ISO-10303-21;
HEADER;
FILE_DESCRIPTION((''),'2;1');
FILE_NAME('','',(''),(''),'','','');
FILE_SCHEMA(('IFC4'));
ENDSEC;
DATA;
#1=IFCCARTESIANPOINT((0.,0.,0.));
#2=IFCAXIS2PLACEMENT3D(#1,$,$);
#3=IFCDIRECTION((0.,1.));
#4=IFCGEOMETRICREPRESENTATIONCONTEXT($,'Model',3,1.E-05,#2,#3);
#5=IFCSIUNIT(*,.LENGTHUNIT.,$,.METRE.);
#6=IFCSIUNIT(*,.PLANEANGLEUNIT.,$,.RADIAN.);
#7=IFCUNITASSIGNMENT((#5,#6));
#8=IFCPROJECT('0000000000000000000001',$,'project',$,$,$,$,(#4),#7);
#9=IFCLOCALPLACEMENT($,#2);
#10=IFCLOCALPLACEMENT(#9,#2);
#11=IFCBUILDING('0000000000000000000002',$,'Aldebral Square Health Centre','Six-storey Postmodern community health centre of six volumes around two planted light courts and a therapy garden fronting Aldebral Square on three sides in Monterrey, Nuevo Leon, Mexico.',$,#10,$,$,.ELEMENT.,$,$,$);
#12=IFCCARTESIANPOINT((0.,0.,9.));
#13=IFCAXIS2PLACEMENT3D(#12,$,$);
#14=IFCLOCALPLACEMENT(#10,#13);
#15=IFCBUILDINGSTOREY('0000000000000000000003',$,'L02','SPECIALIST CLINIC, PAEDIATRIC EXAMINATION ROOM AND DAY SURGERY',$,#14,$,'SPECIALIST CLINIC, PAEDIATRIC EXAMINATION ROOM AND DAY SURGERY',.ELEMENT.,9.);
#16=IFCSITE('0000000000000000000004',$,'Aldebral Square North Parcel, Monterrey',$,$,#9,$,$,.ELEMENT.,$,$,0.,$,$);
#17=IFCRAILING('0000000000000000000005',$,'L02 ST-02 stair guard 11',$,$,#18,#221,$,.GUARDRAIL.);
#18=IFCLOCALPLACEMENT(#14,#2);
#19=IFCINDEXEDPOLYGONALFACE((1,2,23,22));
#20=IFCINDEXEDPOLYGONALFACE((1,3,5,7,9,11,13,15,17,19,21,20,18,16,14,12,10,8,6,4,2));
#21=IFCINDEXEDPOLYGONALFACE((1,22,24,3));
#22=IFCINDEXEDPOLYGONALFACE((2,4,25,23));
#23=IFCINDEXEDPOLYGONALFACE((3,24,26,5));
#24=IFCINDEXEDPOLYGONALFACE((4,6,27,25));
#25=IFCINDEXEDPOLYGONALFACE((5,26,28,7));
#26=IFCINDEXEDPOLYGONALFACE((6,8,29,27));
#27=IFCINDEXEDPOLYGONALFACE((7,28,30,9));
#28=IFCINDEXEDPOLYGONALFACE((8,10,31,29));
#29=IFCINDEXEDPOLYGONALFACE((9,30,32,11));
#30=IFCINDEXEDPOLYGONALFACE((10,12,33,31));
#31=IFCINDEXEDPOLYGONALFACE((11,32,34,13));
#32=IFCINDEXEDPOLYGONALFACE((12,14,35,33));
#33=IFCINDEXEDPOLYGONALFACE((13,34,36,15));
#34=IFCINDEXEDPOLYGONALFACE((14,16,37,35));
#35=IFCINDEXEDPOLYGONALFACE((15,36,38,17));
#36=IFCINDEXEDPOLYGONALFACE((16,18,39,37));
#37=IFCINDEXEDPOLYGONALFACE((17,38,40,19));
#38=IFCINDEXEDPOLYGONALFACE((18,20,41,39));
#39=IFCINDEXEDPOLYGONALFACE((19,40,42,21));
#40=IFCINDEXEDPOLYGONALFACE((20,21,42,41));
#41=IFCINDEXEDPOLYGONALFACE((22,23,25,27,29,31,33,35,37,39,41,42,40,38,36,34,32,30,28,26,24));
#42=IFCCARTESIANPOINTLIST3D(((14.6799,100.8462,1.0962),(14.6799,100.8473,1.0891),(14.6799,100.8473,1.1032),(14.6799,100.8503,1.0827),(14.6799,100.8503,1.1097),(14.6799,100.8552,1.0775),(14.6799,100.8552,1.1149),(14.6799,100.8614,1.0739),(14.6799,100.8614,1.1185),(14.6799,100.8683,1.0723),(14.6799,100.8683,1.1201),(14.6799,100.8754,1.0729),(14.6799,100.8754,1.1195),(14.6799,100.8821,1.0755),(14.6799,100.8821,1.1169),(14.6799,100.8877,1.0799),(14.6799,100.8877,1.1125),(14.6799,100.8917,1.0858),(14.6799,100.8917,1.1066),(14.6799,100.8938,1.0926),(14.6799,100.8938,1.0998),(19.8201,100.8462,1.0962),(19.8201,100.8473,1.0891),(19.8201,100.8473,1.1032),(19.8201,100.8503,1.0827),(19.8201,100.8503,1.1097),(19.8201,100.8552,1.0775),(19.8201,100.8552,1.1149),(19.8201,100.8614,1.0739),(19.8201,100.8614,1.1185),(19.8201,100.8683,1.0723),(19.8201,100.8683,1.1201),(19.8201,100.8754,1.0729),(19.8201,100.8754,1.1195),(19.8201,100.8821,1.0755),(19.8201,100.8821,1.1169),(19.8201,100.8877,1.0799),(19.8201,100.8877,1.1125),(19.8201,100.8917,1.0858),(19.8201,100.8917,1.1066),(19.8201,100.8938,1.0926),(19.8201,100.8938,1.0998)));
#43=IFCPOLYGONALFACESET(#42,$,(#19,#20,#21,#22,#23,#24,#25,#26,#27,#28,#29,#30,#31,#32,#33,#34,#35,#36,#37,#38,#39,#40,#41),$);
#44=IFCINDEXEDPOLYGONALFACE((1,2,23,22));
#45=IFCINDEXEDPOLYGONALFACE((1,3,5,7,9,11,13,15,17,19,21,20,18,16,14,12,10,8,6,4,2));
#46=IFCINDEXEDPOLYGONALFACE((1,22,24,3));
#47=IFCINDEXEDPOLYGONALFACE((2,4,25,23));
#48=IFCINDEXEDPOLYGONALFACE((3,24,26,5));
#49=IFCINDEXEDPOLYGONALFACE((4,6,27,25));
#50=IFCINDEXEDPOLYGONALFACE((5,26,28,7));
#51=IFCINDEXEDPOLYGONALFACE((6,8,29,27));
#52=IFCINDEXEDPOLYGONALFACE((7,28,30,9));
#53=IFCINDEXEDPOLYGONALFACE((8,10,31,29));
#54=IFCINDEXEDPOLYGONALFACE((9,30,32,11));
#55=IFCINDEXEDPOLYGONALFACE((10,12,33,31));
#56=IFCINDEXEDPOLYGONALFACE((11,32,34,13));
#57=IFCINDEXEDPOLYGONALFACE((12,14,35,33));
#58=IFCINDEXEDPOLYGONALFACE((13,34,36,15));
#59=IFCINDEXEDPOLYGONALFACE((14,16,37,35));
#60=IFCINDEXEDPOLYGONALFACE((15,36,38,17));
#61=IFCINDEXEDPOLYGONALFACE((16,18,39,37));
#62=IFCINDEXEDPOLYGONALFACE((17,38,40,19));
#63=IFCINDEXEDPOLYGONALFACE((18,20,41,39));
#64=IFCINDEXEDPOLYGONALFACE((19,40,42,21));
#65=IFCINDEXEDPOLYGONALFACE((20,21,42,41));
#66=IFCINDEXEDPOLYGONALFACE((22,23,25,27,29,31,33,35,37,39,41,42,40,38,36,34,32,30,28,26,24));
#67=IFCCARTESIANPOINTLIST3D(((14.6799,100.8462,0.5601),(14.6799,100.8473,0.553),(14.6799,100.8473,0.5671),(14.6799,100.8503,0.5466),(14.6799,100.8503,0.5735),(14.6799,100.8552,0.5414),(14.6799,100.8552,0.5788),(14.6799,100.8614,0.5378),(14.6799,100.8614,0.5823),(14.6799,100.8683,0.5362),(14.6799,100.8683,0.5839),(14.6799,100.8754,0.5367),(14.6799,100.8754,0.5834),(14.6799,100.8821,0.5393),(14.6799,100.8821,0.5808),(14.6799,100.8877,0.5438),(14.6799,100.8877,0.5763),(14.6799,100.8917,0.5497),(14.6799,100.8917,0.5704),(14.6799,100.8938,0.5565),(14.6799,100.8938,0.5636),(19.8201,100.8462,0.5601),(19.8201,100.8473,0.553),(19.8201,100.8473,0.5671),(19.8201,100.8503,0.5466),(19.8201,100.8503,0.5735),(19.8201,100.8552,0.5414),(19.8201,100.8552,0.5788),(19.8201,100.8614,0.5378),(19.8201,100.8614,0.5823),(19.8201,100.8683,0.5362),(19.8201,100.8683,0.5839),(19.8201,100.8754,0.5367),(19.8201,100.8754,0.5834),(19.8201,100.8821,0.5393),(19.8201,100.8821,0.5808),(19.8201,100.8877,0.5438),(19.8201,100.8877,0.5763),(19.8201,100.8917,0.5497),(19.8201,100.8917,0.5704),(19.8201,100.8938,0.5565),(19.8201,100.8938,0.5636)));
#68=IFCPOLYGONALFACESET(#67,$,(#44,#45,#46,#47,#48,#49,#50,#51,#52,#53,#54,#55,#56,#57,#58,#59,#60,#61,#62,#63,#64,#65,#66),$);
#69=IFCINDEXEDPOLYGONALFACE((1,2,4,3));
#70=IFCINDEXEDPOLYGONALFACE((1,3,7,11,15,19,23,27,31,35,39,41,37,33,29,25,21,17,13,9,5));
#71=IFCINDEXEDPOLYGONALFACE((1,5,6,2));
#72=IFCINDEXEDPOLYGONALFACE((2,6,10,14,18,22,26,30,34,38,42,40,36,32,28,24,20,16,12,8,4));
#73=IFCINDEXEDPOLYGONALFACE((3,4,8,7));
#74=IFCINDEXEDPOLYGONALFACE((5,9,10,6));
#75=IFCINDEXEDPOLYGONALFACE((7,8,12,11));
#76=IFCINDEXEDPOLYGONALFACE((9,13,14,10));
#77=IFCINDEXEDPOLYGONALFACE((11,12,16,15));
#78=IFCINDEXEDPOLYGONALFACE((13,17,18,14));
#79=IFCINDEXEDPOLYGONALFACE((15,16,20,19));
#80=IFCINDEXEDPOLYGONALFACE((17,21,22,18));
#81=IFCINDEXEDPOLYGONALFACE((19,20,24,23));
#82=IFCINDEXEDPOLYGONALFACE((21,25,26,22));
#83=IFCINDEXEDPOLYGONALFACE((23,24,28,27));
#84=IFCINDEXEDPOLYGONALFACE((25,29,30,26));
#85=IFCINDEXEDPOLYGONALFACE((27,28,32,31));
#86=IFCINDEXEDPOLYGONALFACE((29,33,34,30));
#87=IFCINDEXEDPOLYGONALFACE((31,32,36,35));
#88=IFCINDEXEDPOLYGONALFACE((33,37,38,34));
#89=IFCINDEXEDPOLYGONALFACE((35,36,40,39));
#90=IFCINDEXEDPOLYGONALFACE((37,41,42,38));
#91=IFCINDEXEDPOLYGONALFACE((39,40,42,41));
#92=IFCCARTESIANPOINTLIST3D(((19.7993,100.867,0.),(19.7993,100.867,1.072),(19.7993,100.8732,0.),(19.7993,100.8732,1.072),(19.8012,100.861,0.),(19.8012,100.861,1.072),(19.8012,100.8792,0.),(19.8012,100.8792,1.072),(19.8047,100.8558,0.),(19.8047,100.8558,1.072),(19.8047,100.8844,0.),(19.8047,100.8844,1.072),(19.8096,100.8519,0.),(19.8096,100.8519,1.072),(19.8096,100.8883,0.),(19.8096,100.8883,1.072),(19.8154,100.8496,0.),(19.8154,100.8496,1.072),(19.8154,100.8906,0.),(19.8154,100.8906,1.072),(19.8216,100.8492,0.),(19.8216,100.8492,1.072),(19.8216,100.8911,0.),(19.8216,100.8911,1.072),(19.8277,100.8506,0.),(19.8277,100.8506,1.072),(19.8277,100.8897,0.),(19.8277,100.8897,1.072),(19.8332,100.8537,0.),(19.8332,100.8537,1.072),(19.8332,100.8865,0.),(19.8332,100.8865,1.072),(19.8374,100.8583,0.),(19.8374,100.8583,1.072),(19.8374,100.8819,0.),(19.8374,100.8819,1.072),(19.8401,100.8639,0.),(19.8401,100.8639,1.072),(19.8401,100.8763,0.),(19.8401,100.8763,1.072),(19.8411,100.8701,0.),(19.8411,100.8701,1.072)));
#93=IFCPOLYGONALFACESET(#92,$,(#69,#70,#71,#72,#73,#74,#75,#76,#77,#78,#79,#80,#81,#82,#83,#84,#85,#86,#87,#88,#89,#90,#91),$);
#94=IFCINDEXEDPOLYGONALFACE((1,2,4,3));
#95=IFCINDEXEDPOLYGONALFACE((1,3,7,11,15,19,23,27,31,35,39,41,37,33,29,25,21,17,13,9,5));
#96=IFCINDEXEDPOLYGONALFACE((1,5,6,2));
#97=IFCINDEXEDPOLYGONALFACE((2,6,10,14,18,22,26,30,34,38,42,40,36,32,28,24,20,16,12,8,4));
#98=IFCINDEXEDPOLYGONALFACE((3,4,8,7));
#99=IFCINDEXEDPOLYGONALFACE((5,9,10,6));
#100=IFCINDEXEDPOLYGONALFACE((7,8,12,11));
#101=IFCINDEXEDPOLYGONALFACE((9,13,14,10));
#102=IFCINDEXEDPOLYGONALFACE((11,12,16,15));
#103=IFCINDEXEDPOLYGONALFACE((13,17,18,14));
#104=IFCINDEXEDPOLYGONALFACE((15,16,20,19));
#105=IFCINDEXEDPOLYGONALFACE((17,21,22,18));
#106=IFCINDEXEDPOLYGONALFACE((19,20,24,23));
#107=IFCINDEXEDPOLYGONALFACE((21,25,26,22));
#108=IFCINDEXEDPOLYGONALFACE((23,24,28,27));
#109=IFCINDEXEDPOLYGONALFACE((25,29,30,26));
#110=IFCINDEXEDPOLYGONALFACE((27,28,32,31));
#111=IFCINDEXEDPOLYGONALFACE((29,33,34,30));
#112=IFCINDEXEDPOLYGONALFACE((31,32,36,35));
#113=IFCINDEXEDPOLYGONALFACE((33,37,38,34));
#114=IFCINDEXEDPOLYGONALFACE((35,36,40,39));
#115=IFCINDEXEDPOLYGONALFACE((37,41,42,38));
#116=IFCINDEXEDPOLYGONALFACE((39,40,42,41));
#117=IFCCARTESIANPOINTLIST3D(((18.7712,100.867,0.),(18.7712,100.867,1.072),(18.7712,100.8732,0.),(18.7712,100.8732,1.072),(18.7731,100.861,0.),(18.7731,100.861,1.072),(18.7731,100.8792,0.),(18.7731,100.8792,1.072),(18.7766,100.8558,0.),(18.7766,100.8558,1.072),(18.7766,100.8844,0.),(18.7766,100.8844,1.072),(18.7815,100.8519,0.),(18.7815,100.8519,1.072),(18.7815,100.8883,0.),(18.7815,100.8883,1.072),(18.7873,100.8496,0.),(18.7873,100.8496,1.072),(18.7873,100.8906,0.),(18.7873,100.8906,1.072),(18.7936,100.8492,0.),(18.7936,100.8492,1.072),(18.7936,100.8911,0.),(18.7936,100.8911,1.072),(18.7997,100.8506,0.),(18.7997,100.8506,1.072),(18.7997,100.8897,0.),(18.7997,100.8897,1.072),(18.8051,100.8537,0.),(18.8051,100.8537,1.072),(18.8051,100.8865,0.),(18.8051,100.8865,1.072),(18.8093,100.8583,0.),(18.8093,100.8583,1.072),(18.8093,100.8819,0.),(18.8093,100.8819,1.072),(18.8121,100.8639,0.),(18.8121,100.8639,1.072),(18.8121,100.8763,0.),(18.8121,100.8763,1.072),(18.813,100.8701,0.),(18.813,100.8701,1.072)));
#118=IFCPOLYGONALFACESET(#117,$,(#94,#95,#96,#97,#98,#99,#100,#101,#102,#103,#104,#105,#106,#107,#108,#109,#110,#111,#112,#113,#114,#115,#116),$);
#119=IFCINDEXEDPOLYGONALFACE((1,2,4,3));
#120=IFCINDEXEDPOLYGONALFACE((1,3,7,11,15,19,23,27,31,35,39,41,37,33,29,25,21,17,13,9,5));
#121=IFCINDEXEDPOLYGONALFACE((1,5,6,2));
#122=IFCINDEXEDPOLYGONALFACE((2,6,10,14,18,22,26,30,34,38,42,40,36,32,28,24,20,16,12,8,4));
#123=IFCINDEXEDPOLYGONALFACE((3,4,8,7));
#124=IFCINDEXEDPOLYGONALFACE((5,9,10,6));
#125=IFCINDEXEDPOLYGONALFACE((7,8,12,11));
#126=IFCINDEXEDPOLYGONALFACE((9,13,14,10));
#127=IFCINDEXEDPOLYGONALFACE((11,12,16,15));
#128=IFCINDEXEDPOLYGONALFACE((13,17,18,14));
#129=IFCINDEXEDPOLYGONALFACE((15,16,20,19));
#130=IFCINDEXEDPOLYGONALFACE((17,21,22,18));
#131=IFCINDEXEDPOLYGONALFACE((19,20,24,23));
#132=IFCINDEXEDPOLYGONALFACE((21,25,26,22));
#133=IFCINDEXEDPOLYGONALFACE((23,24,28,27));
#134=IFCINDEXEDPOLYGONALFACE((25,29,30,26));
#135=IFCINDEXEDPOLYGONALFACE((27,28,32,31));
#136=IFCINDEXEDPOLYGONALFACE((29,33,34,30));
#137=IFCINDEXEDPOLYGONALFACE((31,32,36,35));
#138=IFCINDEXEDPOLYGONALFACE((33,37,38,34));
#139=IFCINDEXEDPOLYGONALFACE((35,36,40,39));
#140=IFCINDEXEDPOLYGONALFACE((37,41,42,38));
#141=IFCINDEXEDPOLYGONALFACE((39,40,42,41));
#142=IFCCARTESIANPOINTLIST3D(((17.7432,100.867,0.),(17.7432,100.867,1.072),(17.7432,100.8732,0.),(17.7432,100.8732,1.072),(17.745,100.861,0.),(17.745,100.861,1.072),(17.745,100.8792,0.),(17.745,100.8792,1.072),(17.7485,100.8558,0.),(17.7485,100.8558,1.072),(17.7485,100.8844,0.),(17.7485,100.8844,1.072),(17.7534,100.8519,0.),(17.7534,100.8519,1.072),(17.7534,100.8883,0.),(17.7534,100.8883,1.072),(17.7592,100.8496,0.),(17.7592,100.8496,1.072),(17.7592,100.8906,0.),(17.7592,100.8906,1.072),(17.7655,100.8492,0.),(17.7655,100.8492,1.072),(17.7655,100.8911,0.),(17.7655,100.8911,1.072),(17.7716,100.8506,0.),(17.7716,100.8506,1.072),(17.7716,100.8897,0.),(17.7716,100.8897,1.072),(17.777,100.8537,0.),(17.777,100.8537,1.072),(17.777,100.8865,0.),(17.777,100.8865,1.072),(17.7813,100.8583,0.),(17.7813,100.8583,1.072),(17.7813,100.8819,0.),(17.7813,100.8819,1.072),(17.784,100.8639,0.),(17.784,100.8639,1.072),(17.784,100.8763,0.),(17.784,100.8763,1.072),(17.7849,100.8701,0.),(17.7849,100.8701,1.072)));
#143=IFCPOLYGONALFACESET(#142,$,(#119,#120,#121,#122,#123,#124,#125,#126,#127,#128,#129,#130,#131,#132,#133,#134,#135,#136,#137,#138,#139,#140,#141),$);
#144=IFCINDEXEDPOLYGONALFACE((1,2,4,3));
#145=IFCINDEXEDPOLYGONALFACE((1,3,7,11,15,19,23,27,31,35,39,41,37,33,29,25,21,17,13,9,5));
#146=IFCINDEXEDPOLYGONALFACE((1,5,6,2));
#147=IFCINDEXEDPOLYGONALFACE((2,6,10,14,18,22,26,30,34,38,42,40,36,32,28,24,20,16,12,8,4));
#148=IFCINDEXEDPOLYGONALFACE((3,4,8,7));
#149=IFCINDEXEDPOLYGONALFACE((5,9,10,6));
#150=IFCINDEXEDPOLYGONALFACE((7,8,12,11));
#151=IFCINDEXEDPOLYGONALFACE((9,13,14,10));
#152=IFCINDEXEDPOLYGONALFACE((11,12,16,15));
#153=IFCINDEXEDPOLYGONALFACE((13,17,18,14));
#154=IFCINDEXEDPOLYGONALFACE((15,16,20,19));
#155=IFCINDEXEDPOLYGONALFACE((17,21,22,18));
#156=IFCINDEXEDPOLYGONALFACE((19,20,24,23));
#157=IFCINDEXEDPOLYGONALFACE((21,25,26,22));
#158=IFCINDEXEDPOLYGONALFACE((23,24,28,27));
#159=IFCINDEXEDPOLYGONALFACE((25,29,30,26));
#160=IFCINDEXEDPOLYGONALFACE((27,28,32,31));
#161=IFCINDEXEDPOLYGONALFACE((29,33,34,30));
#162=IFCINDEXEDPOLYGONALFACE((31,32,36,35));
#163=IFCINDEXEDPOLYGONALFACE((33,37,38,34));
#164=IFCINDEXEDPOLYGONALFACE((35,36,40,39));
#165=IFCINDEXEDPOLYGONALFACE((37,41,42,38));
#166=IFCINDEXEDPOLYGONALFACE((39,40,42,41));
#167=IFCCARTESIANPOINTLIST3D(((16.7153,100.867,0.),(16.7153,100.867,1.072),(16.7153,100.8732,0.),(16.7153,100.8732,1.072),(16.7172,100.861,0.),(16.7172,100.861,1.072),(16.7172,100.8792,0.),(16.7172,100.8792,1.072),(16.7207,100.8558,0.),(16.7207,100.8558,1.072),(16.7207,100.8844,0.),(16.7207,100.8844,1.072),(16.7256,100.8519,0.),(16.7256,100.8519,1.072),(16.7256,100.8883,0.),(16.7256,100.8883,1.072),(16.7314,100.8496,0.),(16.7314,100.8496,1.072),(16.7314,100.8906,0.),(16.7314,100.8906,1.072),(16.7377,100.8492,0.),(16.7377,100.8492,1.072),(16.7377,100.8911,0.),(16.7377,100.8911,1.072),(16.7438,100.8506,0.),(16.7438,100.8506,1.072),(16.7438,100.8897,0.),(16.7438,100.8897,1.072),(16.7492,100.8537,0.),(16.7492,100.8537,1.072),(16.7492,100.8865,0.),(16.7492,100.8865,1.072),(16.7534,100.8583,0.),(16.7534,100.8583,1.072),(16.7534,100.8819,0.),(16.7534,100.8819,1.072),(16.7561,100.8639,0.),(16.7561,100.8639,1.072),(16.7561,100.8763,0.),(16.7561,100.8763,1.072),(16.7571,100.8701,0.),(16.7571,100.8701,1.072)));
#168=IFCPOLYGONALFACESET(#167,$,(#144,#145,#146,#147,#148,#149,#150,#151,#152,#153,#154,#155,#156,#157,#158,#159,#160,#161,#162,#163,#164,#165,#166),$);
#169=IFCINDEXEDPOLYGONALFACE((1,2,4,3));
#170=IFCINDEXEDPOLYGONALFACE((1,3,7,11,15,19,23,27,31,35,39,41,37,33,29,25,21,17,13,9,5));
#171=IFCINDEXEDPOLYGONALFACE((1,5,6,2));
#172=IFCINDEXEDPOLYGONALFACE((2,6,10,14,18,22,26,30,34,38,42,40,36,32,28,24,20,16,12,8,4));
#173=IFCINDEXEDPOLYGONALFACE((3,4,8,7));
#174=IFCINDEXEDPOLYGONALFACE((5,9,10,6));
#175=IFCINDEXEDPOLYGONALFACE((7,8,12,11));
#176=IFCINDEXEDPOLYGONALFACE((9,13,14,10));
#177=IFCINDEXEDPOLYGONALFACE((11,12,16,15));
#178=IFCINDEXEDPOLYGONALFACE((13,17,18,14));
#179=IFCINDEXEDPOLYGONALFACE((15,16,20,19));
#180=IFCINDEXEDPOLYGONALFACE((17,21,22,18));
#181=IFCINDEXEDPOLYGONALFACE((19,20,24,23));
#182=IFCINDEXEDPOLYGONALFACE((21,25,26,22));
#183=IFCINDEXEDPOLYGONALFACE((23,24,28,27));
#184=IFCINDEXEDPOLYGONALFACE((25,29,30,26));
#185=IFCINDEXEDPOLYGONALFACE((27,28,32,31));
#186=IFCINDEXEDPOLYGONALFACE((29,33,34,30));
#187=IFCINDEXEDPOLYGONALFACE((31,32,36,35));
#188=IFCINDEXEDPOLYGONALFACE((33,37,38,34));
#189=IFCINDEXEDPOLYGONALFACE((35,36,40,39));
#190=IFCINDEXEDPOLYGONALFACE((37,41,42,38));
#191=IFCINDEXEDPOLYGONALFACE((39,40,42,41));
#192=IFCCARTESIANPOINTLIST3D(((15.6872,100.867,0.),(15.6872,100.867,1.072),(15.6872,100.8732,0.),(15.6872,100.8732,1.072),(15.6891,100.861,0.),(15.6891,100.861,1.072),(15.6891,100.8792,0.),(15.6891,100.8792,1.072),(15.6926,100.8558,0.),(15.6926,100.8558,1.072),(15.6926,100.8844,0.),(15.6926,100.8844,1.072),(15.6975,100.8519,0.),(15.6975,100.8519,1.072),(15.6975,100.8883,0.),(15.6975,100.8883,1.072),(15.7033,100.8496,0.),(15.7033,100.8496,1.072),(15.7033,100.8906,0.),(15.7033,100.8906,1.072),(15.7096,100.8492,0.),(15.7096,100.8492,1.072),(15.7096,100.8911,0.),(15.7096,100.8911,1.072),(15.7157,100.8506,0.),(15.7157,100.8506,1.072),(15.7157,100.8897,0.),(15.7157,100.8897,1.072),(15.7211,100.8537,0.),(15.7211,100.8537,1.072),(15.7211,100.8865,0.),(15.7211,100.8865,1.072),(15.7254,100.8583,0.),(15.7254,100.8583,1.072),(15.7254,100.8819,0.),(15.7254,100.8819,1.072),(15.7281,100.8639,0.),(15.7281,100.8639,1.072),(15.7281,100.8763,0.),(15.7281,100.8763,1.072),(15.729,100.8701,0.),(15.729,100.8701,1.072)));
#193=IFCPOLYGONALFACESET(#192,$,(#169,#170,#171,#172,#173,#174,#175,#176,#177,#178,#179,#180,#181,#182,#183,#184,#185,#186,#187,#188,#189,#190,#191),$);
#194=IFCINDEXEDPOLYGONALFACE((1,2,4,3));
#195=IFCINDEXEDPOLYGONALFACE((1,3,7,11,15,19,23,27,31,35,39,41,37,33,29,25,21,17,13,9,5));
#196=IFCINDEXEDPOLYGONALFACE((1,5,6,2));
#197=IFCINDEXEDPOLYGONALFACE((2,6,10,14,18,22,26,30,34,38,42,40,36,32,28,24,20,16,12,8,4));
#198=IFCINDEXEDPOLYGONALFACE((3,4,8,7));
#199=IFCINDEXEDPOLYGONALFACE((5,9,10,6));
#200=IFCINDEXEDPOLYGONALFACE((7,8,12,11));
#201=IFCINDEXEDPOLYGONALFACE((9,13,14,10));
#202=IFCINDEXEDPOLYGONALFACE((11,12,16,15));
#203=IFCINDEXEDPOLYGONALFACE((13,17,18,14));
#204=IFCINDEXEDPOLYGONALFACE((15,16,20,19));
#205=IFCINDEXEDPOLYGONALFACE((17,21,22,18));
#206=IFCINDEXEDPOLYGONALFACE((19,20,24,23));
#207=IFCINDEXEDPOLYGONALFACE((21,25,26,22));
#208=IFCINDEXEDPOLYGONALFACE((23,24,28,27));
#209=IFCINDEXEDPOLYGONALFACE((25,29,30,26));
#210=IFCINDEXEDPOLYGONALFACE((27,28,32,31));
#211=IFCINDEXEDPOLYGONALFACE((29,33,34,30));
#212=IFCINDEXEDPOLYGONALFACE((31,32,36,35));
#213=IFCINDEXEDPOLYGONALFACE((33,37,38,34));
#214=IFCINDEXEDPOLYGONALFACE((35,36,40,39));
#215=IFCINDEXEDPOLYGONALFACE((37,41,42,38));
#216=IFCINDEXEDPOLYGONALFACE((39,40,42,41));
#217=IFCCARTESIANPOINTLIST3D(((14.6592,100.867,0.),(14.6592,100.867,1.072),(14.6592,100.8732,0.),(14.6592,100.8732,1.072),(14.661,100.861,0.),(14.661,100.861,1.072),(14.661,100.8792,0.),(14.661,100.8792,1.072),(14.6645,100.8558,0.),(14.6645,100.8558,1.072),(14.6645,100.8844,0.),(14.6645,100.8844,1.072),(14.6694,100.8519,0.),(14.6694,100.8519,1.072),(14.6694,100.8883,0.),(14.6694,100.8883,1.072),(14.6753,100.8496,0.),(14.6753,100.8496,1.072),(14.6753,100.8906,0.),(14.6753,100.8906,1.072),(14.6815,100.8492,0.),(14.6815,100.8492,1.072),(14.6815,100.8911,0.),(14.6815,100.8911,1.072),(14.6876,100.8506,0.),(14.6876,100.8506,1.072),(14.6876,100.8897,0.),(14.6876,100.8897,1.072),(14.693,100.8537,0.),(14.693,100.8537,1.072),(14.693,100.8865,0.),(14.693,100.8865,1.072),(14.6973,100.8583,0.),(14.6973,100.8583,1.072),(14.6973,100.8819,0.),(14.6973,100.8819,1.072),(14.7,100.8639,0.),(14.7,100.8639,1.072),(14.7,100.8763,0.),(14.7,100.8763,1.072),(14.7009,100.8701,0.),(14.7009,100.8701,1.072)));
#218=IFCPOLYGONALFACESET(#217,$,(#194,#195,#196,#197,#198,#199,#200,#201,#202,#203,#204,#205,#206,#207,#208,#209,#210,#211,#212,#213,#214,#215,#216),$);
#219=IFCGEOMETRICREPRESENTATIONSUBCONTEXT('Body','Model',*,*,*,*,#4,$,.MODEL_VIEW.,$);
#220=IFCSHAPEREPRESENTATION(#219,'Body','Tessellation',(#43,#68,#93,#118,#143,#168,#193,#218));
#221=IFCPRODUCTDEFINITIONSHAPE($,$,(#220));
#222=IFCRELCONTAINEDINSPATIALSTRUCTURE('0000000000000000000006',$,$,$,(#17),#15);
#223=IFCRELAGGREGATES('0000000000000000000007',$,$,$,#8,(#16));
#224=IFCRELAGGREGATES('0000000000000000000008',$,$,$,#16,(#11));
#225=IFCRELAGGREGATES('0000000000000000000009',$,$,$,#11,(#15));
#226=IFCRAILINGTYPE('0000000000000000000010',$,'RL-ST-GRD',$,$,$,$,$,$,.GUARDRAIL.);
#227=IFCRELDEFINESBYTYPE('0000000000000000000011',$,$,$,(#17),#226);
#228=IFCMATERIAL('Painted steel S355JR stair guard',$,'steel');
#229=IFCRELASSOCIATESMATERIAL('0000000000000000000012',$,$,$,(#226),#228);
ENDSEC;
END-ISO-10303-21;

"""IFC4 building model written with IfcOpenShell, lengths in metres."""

from ifc_helpers import new_model, si_unit, direction, frame, origin, origin_2d, place, context, subcontext, project, spatial, circle, extrude, material, type_object, element, save


model = new_model("IFC4")

# Units and contexts
model_context = context("Model", 3, precision=1e-05, world=origin(), true_north=direction((0.0, 1.0)))
body_context = subcontext(model_context, "Body", "Model", "MODEL_VIEW")
ifc_project = project(units=[si_unit("LENGTHUNIT", "METRE"), si_unit("PLANEANGLEUNIT", "RADIAN")], contexts=[model_context])

# Site, building, storey
site_placement = place(None, origin())
site = spatial("IfcSite", under=ifc_project, at=site_placement, Name="Aldebral Square North Parcel, Monterrey", CompositionType="ELEMENT", RefElevation=0.0)
building_placement = place(site_placement, origin())
building = spatial("IfcBuilding", under=site, at=building_placement, Name="Aldebral Square Health Centre", Description="Six-storey Postmodern community health centre of six volumes around two planted light courts and a therapy garden fronting Aldebral Square on three sides in Monterrey, Nuevo Leon, Mexico.", CompositionType="ELEMENT")
storey_placement = place(building_placement, frame((0.0, 0.0, 9.0)))
storey = spatial("IfcBuildingStorey", under=building, at=storey_placement, Name="L02", Description="SPECIALIST CLINIC, PAEDIATRIC EXAMINATION ROOM AND DAY SURGERY", LongName="SPECIALIST CLINIC, PAEDIATRIC EXAMINATION ROOM AND DAY SURGERY", CompositionType="ELEMENT", Elevation=9.0)

# Railing
ifc_material_1 = material(Name="Painted steel S355JR stair guard", Category="steel")
railing_type_1 = type_object("IfcRailingType", Name="RL-ST-GRD", PredefinedType="GUARDRAIL", material=ifc_material_1)
railing_1_placement = place(storey_placement, frame((19.8201, 100.8701, 0.0)))
element("IfcRailing", 1, at=railing_1_placement, inside=storey, type_object=railing_type_1, Name="L02 ST-02 stair guard 11", PredefinedType="GUARDRAIL", context=body_context, shape_type="SweptSolid", body=[
    extrude(circle(Radius=0.0239, at=origin_2d()), frame((0.0, 0.0, 1.0962), z_axis=(-1.0, 0.0, 0.0), x_axis=(0.0, -1.0, 0.0)), (0.0, 0.0, 1.0), 5.1401),
    extrude(circle(Radius=0.0239, at=origin_2d()), frame((0.0, 0.0, 0.5601), z_axis=(-1.0, 0.0, 0.0), x_axis=(0.0, -1.0, 0.0)), (0.0, 0.0, 1.0), 5.1401),
    extrude(circle(Radius=0.021, at=origin_2d()), origin(), (0.0, 0.0, 1.0), 1.072),
    extrude(circle(Radius=0.021, at=origin_2d()), frame((-1.0281, 0.0, 0.0)), (0.0, 0.0, 1.0), 1.072),
    extrude(circle(Radius=0.021, at=origin_2d()), frame((-2.0562, 0.0, 0.0)), (0.0, 0.0, 1.0), 1.072),
    extrude(circle(Radius=0.021, at=origin_2d()), frame((-3.084, 0.0, 0.0)), (0.0, 0.0, 1.0), 1.072),
    extrude(circle(Radius=0.021, at=origin_2d()), frame((-4.1121, 0.0, 0.0)), (0.0, 0.0, 1.0), 1.072),
    extrude(circle(Radius=0.021, at=origin_2d()), frame((-5.1401, 0.0, 0.0)), (0.0, 0.0, 1.0), 1.072),
])

save(model, "model.ifc")
